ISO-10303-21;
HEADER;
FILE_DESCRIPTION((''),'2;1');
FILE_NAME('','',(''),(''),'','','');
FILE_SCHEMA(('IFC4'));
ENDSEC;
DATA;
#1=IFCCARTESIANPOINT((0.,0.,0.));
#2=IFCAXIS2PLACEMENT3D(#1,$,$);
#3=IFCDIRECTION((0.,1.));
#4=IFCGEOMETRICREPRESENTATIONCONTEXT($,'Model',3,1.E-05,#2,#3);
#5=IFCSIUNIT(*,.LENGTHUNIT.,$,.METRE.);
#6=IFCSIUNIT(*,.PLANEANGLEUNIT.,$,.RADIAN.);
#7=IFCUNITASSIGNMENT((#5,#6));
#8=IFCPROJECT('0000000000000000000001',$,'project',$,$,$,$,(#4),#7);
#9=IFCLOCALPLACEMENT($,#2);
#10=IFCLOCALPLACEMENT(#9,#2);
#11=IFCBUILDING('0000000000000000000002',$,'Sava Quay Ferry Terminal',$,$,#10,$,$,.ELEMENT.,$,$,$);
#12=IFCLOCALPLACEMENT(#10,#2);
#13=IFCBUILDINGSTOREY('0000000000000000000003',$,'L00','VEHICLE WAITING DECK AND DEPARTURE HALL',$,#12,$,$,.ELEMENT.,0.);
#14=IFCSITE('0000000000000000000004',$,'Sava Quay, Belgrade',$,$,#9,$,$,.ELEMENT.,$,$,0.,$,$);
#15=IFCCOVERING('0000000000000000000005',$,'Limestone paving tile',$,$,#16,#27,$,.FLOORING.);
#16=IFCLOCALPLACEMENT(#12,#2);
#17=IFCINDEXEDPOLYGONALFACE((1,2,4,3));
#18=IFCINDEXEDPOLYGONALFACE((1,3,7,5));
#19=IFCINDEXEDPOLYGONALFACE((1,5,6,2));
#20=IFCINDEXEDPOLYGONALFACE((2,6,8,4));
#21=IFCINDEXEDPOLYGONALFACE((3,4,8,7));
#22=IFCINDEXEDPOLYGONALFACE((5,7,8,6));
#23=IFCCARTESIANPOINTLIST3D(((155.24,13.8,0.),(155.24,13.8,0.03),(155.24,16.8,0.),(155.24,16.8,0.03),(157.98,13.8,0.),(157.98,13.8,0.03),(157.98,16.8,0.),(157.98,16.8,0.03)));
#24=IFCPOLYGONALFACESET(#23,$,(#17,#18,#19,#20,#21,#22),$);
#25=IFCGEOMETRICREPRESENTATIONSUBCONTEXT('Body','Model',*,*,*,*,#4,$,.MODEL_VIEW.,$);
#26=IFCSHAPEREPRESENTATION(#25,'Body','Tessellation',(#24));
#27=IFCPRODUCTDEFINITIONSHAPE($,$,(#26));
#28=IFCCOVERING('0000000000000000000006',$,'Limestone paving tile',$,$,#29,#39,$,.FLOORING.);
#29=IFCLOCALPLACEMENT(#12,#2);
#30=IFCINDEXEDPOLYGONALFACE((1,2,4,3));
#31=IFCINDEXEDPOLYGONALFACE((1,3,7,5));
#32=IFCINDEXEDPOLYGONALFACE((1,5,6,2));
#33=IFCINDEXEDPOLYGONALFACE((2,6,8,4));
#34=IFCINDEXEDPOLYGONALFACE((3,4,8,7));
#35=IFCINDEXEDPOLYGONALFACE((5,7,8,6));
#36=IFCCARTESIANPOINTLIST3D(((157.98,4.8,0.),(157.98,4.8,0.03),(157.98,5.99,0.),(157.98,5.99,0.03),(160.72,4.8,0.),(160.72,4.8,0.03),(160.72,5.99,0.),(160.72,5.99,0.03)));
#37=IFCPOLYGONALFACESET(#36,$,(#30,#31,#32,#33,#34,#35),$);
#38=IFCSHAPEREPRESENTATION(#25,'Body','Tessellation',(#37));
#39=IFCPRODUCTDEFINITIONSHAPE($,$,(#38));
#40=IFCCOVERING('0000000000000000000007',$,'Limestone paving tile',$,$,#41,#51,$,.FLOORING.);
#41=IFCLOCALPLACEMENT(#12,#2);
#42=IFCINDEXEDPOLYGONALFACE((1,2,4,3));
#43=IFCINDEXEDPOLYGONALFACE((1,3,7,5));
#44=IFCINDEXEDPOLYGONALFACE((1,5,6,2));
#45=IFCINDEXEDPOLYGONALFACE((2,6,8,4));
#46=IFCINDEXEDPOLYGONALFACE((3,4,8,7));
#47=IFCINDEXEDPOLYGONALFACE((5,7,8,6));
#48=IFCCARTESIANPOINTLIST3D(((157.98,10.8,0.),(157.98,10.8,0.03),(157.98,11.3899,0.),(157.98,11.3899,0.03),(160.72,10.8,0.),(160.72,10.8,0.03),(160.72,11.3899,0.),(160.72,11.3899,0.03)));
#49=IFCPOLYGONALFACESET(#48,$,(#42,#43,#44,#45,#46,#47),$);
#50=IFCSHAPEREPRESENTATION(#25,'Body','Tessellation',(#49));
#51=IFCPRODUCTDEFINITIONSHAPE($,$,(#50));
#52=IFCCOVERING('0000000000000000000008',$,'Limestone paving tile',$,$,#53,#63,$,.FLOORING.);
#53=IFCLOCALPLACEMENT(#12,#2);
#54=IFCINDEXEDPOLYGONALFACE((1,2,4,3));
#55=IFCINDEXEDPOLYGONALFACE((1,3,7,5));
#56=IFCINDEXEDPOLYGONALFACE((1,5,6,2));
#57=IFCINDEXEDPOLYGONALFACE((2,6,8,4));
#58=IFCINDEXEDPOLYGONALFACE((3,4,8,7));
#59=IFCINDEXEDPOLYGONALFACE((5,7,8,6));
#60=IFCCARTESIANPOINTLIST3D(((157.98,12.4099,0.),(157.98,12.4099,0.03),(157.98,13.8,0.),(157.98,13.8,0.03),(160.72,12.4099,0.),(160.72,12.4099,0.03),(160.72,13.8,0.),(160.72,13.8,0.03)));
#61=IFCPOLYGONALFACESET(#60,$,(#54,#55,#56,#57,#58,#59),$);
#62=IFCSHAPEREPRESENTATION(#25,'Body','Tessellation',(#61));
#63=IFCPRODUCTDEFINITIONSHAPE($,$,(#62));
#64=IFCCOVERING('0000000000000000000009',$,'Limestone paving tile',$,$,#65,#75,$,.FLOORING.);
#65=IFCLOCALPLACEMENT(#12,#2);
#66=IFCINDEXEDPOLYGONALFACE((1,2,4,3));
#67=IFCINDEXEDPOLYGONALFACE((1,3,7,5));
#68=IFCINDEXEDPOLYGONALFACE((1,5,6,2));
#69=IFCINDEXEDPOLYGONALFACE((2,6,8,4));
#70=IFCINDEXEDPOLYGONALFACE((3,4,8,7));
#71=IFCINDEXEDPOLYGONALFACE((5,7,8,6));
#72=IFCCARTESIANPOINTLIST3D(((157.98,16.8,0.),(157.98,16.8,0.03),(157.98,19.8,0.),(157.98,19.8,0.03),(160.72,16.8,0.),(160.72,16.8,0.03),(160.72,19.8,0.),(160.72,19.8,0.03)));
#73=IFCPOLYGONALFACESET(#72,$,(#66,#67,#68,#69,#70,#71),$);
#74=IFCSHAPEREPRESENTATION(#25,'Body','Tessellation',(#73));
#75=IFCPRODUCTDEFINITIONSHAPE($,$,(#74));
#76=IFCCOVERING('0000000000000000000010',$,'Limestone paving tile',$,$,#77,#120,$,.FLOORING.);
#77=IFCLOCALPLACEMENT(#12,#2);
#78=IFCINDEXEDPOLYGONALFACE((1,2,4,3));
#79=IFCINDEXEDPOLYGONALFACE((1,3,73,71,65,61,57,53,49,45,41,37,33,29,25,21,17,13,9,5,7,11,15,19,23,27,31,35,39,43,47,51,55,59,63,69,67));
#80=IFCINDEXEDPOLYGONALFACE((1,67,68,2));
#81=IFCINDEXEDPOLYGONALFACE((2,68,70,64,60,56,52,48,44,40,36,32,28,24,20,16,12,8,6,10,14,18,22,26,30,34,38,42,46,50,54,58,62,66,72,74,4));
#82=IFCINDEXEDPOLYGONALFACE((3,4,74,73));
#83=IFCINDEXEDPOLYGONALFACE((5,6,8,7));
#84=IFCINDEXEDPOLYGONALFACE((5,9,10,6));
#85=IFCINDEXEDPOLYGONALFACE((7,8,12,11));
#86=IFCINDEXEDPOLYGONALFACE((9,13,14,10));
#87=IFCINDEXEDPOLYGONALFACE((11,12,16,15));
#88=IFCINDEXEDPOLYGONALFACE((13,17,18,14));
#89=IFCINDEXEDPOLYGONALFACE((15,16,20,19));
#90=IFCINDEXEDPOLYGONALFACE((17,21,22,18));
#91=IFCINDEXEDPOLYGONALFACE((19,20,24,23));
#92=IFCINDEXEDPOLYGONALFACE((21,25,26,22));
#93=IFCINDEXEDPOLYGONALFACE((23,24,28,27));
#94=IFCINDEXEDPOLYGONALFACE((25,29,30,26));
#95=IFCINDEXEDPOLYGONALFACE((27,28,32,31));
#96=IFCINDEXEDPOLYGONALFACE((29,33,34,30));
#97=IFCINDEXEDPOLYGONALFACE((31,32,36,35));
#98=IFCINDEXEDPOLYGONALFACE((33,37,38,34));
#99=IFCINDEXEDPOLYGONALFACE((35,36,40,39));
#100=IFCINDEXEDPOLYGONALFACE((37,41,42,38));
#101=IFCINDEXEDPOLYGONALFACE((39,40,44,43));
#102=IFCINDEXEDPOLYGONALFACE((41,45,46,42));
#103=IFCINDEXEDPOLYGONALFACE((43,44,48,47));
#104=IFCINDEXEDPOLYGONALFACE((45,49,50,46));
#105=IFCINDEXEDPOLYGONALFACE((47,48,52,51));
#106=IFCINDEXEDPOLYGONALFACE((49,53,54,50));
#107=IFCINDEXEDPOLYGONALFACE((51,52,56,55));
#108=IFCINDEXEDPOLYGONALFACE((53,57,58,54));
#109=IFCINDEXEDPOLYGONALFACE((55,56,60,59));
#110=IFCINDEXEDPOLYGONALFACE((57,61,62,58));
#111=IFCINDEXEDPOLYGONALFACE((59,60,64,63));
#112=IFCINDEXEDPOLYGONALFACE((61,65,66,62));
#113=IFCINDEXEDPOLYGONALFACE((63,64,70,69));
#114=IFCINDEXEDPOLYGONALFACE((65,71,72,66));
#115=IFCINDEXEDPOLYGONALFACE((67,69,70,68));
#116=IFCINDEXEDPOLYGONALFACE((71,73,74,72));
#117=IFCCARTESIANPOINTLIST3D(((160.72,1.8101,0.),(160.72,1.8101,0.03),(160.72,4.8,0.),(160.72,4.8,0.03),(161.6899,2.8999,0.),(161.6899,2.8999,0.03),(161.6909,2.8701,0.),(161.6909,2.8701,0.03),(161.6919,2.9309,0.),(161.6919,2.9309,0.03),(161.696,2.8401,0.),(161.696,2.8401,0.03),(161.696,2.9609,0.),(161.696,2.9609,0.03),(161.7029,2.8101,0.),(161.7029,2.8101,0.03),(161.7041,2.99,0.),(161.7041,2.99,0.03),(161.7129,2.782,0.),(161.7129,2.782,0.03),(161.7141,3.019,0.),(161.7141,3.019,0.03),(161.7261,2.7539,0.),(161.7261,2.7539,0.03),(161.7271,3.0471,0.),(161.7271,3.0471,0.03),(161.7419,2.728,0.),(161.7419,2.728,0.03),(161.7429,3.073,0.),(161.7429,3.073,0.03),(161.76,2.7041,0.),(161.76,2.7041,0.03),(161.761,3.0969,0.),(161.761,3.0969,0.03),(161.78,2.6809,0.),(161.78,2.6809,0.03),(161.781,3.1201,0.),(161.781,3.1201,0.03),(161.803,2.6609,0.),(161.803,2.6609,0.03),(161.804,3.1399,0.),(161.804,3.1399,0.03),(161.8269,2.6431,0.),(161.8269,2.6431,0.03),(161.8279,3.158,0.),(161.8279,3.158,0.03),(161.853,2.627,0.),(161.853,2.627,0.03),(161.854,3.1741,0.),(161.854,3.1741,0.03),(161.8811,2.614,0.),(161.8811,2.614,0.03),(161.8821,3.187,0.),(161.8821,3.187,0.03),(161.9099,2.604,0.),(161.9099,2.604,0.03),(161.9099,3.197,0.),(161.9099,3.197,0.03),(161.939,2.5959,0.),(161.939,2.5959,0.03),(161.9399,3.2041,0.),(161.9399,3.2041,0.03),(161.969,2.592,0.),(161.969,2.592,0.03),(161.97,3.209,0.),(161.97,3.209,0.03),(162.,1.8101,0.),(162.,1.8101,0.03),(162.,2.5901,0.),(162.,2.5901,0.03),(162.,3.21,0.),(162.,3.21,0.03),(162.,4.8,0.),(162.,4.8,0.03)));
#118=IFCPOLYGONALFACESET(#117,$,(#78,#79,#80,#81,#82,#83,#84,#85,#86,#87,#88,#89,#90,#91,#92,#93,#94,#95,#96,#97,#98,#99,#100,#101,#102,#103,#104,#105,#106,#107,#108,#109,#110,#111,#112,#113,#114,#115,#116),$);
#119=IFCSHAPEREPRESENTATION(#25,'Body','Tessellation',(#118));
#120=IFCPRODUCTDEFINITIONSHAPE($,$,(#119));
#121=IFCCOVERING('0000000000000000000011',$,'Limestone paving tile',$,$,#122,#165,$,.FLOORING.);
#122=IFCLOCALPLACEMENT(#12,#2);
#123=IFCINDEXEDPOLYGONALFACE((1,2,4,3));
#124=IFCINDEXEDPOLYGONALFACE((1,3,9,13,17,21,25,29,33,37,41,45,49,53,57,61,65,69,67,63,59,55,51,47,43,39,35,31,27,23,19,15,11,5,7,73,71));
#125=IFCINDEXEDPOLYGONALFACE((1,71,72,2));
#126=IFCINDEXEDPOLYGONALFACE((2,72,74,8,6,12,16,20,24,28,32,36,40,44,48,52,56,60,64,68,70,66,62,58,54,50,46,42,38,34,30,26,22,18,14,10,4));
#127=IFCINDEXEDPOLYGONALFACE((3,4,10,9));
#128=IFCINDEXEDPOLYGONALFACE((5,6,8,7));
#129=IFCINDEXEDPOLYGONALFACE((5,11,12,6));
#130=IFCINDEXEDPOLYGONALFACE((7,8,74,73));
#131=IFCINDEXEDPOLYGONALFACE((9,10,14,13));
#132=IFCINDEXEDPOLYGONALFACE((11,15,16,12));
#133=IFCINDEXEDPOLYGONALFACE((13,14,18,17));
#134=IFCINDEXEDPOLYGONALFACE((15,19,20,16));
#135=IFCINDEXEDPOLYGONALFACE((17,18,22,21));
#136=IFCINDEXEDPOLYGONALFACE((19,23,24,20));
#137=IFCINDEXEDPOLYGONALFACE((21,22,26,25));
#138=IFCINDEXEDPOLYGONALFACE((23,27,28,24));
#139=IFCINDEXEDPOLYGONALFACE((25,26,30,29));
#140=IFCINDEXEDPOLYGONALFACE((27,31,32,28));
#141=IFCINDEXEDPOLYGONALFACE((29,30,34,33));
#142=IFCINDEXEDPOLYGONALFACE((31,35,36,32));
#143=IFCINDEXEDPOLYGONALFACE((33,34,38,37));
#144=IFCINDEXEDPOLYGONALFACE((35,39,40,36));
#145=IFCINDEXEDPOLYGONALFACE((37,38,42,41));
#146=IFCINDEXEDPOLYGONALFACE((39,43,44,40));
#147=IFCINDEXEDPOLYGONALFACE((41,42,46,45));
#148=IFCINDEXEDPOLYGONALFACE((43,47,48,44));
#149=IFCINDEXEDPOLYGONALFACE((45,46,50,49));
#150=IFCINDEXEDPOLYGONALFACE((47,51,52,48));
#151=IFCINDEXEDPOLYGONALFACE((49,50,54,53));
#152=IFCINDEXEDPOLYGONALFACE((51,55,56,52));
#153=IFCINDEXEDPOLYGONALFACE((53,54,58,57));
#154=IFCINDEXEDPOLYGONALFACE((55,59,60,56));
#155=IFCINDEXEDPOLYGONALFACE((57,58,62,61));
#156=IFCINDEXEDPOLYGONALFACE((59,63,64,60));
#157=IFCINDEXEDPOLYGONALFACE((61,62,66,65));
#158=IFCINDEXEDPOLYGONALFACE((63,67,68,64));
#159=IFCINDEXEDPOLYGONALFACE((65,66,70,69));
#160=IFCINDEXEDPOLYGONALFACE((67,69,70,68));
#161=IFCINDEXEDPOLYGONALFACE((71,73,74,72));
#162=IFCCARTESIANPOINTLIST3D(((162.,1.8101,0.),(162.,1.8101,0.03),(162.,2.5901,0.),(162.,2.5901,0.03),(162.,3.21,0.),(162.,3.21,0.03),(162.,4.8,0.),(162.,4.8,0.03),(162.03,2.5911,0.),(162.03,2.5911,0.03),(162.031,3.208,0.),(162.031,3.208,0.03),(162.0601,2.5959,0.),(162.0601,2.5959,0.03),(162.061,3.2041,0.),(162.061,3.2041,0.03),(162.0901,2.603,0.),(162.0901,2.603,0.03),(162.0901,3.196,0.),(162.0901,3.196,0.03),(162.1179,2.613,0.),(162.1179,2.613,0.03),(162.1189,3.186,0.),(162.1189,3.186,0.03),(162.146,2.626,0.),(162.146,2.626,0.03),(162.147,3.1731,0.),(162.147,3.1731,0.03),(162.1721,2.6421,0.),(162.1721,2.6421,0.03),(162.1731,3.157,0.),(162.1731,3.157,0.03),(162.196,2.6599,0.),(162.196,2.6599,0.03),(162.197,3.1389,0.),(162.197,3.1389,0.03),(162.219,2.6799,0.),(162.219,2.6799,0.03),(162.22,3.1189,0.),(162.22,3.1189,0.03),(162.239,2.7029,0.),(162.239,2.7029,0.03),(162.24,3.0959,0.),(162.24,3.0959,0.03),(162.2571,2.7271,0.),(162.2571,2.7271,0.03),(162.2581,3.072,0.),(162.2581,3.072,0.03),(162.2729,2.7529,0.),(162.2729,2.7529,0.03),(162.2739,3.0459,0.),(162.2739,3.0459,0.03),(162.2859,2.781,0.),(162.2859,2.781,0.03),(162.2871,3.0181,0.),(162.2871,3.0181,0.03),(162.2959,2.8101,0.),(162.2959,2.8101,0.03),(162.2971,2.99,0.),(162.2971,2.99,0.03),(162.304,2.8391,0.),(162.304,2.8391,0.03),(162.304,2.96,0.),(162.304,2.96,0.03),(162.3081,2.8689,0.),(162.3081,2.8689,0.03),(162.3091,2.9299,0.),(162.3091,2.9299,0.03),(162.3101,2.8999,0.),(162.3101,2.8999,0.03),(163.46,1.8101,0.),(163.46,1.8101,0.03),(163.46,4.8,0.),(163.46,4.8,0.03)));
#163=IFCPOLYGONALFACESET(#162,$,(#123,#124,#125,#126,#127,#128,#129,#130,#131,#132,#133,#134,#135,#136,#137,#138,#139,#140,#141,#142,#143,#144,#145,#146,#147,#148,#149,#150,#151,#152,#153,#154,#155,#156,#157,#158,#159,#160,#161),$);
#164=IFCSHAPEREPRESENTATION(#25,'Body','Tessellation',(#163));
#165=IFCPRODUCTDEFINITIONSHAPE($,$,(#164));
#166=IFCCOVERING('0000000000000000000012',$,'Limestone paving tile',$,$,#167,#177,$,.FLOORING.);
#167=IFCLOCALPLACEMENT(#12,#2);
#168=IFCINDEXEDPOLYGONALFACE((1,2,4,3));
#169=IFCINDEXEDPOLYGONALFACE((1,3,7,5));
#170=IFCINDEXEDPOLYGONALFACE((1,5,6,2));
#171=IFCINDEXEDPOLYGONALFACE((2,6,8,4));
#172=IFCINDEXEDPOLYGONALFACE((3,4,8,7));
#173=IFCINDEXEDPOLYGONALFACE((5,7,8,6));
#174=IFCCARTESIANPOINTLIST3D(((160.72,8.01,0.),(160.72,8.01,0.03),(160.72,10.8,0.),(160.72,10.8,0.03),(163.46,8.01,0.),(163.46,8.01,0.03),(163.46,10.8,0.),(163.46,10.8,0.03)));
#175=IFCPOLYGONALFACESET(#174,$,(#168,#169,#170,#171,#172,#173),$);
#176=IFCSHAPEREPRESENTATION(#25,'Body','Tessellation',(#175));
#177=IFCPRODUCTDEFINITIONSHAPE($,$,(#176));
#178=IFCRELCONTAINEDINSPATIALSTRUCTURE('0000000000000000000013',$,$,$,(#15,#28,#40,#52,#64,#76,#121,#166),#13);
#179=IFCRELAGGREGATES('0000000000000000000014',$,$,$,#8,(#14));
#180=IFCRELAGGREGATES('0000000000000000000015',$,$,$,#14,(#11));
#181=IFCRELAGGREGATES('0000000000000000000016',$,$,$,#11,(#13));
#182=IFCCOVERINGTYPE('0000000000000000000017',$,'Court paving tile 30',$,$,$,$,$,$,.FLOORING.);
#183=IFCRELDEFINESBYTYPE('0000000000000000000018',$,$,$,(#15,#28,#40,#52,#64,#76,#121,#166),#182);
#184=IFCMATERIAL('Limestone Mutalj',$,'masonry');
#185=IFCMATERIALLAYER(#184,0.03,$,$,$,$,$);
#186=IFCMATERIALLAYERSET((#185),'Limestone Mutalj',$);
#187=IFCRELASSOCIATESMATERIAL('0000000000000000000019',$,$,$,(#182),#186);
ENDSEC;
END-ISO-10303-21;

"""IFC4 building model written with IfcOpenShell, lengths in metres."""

from ifc_helpers import new_model, si_unit, direction, origin, place, context, subcontext, project, spatial, polyline, outline, extrude, material, layer, layer_set, type_object, element, save


model = new_model("IFC4")

# Units and contexts
model_context = context("Model", 3, precision=1e-05, world=origin(), true_north=direction((0.0, 1.0)))
body_context = subcontext(model_context, "Body", "Model", "MODEL_VIEW")
ifc_project = project(units=[si_unit("LENGTHUNIT", "METRE"), si_unit("PLANEANGLEUNIT", "RADIAN")], contexts=[model_context])

# Site, building, storey
site_placement = place(None, origin())
site = spatial("IfcSite", under=ifc_project, at=site_placement, Name="Sava Quay, Belgrade", CompositionType="ELEMENT", RefElevation=0.0)
building_placement = place(site_placement, origin())
building = spatial("IfcBuilding", under=site, at=building_placement, Name="Sava Quay Ferry Terminal", CompositionType="ELEMENT")
storey_placement = place(building_placement, origin())
storey = spatial("IfcBuildingStorey", under=building, at=storey_placement, Name="L00", Description="VEHICLE WAITING DECK AND DEPARTURE HALL", CompositionType="ELEMENT", Elevation=0.0)

# Coverings
ifc_material_1 = material(Name="Limestone Mutalj", Category="masonry")
ifc_layer_1 = layer(ifc_material_1, 0.03)
ifc_layer_set_1 = layer_set([ifc_layer_1], Name="Limestone Mutalj")
covering_type_1 = type_object("IfcCoveringType", Name="Court paving tile 30", PredefinedType="FLOORING", material=ifc_layer_set_1)
covering_1_placement = place(storey_placement, origin())
element("IfcCovering", 1, at=covering_1_placement, inside=storey, type_object=covering_type_1, Name="Limestone paving tile", PredefinedType="FLOORING", context=body_context, shape_type="SweptSolid", body=[
    extrude(outline(polyline([(155.24, 13.8), (157.98, 13.8), (157.98, 16.8), (155.24, 16.8), (155.24, 13.8)])), origin(), (0.0, 0.0, 1.0), 0.03),
])
covering_2_placement = place(storey_placement, origin())
element("IfcCovering", 2, at=covering_2_placement, inside=storey, type_object=covering_type_1, Name="Limestone paving tile", PredefinedType="FLOORING", context=body_context, shape_type="SweptSolid", body=[
    extrude(outline(polyline([(160.72, 4.8), (160.72, 5.99), (157.98, 5.99), (157.98, 4.8), (160.72, 4.8)])), origin(), (0.0, 0.0, 1.0), 0.03),
])
covering_3_placement = place(storey_placement, origin())
element("IfcCovering", 3, at=covering_3_placement, inside=storey, type_object=covering_type_1, Name="Limestone paving tile", PredefinedType="FLOORING", context=body_context, shape_type="SweptSolid", body=[
    extrude(outline(polyline([(160.72, 10.8), (160.72, 11.3899), (157.98, 11.3899), (157.98, 10.8), (160.72, 10.8)])), origin(), (0.0, 0.0, 1.0), 0.03),
])
covering_4_placement = place(storey_placement, origin())
element("IfcCovering", 4, at=covering_4_placement, inside=storey, type_object=covering_type_1, Name="Limestone paving tile", PredefinedType="FLOORING", context=body_context, shape_type="SweptSolid", body=[
    extrude(outline(polyline([(157.98, 13.8), (157.98, 12.4099), (160.72, 12.4099), (160.72, 13.8), (157.98, 13.8)])), origin(), (0.0, 0.0, 1.0), 0.03),
])
covering_5_placement = place(storey_placement, origin())
element("IfcCovering", 5, at=covering_5_placement, inside=storey, type_object=covering_type_1, Name="Limestone paving tile", PredefinedType="FLOORING", context=body_context, shape_type="SweptSolid", body=[
    extrude(outline(polyline([(160.72, 16.8), (160.72, 19.8), (157.98, 19.8), (157.98, 16.8), (160.72, 16.8)])), origin(), (0.0, 0.0, 1.0), 0.03),
])
covering_6_placement = place(storey_placement, origin())
element("IfcCovering", 6, at=covering_6_placement, inside=storey, type_object=covering_type_1, Name="Limestone paving tile", PredefinedType="FLOORING", context=body_context, shape_type="SweptSolid", body=[
    extrude(outline(polyline([(162.0, 4.8), (160.72, 4.8), (160.72, 1.8101), (162.0, 1.8101), (162.0, 2.5901), (161.969, 2.592), (161.939, 2.5959), (161.9099, 2.604), (161.8811, 2.614), (161.853, 2.627), (161.8269, 2.6431), (161.803, 2.6609), (161.78, 2.6809), (161.76, 2.7041), (161.7419, 2.728), (161.7261, 2.7539), (161.7129, 2.782), (161.7029, 2.8101), (161.696, 2.8401), (161.6909, 2.8701), (161.6899, 2.8999), (161.6919, 2.9309), (161.696, 2.9609), (161.7041, 2.99), (161.7141, 3.019), (161.7271, 3.0471), (161.7429, 3.073), (161.761, 3.0969), (161.781, 3.1201), (161.804, 3.1399), (161.8279, 3.158), (161.854, 3.1741), (161.8821, 3.187), (161.9099, 3.197), (161.9399, 3.2041), (161.97, 3.209), (162.0, 3.21), (162.0, 4.8)])), origin(), (0.0, 0.0, 1.0), 0.03),
])
covering_7_placement = place(storey_placement, origin())
element("IfcCovering", 7, at=covering_7_placement, inside=storey, type_object=covering_type_1, Name="Limestone paving tile", PredefinedType="FLOORING", context=body_context, shape_type="SweptSolid", body=[
    extrude(outline(polyline([(163.46, 4.8), (162.0, 4.8), (162.0, 3.21), (162.031, 3.208), (162.061, 3.2041), (162.0901, 3.196), (162.1189, 3.186), (162.147, 3.1731), (162.1731, 3.157), (162.197, 3.1389), (162.22, 3.1189), (162.24, 3.0959), (162.2581, 3.072), (162.2739, 3.0459), (162.2871, 3.0181), (162.2971, 2.99), (162.304, 2.96), (162.3091, 2.9299), (162.3101, 2.8999), (162.3081, 2.8689), (162.304, 2.8391), (162.2959, 2.8101), (162.2859, 2.781), (162.2729, 2.7529), (162.2571, 2.7271), (162.239, 2.7029), (162.219, 2.6799), (162.196, 2.6599), (162.1721, 2.6421), (162.146, 2.626), (162.1179, 2.613), (162.0901, 2.603), (162.0601, 2.5959), (162.03, 2.5911), (162.0, 2.5901), (162.0, 1.8101), (163.46, 1.8101), (163.46, 4.8)])), origin(), (0.0, 0.0, 1.0), 0.03),
])
covering_8_placement = place(storey_placement, origin())
element("IfcCovering", 8, at=covering_8_placement, inside=storey, type_object=covering_type_1, Name="Limestone paving tile", PredefinedType="FLOORING", context=body_context, shape_type="SweptSolid", body=[
    extrude(outline(polyline([(160.72, 10.8), (160.72, 8.01), (163.46, 8.01), (163.46, 10.8), (160.72, 10.8)])), origin(), (0.0, 0.0, 1.0), 0.03),
])

save(model, "model.ifc")
